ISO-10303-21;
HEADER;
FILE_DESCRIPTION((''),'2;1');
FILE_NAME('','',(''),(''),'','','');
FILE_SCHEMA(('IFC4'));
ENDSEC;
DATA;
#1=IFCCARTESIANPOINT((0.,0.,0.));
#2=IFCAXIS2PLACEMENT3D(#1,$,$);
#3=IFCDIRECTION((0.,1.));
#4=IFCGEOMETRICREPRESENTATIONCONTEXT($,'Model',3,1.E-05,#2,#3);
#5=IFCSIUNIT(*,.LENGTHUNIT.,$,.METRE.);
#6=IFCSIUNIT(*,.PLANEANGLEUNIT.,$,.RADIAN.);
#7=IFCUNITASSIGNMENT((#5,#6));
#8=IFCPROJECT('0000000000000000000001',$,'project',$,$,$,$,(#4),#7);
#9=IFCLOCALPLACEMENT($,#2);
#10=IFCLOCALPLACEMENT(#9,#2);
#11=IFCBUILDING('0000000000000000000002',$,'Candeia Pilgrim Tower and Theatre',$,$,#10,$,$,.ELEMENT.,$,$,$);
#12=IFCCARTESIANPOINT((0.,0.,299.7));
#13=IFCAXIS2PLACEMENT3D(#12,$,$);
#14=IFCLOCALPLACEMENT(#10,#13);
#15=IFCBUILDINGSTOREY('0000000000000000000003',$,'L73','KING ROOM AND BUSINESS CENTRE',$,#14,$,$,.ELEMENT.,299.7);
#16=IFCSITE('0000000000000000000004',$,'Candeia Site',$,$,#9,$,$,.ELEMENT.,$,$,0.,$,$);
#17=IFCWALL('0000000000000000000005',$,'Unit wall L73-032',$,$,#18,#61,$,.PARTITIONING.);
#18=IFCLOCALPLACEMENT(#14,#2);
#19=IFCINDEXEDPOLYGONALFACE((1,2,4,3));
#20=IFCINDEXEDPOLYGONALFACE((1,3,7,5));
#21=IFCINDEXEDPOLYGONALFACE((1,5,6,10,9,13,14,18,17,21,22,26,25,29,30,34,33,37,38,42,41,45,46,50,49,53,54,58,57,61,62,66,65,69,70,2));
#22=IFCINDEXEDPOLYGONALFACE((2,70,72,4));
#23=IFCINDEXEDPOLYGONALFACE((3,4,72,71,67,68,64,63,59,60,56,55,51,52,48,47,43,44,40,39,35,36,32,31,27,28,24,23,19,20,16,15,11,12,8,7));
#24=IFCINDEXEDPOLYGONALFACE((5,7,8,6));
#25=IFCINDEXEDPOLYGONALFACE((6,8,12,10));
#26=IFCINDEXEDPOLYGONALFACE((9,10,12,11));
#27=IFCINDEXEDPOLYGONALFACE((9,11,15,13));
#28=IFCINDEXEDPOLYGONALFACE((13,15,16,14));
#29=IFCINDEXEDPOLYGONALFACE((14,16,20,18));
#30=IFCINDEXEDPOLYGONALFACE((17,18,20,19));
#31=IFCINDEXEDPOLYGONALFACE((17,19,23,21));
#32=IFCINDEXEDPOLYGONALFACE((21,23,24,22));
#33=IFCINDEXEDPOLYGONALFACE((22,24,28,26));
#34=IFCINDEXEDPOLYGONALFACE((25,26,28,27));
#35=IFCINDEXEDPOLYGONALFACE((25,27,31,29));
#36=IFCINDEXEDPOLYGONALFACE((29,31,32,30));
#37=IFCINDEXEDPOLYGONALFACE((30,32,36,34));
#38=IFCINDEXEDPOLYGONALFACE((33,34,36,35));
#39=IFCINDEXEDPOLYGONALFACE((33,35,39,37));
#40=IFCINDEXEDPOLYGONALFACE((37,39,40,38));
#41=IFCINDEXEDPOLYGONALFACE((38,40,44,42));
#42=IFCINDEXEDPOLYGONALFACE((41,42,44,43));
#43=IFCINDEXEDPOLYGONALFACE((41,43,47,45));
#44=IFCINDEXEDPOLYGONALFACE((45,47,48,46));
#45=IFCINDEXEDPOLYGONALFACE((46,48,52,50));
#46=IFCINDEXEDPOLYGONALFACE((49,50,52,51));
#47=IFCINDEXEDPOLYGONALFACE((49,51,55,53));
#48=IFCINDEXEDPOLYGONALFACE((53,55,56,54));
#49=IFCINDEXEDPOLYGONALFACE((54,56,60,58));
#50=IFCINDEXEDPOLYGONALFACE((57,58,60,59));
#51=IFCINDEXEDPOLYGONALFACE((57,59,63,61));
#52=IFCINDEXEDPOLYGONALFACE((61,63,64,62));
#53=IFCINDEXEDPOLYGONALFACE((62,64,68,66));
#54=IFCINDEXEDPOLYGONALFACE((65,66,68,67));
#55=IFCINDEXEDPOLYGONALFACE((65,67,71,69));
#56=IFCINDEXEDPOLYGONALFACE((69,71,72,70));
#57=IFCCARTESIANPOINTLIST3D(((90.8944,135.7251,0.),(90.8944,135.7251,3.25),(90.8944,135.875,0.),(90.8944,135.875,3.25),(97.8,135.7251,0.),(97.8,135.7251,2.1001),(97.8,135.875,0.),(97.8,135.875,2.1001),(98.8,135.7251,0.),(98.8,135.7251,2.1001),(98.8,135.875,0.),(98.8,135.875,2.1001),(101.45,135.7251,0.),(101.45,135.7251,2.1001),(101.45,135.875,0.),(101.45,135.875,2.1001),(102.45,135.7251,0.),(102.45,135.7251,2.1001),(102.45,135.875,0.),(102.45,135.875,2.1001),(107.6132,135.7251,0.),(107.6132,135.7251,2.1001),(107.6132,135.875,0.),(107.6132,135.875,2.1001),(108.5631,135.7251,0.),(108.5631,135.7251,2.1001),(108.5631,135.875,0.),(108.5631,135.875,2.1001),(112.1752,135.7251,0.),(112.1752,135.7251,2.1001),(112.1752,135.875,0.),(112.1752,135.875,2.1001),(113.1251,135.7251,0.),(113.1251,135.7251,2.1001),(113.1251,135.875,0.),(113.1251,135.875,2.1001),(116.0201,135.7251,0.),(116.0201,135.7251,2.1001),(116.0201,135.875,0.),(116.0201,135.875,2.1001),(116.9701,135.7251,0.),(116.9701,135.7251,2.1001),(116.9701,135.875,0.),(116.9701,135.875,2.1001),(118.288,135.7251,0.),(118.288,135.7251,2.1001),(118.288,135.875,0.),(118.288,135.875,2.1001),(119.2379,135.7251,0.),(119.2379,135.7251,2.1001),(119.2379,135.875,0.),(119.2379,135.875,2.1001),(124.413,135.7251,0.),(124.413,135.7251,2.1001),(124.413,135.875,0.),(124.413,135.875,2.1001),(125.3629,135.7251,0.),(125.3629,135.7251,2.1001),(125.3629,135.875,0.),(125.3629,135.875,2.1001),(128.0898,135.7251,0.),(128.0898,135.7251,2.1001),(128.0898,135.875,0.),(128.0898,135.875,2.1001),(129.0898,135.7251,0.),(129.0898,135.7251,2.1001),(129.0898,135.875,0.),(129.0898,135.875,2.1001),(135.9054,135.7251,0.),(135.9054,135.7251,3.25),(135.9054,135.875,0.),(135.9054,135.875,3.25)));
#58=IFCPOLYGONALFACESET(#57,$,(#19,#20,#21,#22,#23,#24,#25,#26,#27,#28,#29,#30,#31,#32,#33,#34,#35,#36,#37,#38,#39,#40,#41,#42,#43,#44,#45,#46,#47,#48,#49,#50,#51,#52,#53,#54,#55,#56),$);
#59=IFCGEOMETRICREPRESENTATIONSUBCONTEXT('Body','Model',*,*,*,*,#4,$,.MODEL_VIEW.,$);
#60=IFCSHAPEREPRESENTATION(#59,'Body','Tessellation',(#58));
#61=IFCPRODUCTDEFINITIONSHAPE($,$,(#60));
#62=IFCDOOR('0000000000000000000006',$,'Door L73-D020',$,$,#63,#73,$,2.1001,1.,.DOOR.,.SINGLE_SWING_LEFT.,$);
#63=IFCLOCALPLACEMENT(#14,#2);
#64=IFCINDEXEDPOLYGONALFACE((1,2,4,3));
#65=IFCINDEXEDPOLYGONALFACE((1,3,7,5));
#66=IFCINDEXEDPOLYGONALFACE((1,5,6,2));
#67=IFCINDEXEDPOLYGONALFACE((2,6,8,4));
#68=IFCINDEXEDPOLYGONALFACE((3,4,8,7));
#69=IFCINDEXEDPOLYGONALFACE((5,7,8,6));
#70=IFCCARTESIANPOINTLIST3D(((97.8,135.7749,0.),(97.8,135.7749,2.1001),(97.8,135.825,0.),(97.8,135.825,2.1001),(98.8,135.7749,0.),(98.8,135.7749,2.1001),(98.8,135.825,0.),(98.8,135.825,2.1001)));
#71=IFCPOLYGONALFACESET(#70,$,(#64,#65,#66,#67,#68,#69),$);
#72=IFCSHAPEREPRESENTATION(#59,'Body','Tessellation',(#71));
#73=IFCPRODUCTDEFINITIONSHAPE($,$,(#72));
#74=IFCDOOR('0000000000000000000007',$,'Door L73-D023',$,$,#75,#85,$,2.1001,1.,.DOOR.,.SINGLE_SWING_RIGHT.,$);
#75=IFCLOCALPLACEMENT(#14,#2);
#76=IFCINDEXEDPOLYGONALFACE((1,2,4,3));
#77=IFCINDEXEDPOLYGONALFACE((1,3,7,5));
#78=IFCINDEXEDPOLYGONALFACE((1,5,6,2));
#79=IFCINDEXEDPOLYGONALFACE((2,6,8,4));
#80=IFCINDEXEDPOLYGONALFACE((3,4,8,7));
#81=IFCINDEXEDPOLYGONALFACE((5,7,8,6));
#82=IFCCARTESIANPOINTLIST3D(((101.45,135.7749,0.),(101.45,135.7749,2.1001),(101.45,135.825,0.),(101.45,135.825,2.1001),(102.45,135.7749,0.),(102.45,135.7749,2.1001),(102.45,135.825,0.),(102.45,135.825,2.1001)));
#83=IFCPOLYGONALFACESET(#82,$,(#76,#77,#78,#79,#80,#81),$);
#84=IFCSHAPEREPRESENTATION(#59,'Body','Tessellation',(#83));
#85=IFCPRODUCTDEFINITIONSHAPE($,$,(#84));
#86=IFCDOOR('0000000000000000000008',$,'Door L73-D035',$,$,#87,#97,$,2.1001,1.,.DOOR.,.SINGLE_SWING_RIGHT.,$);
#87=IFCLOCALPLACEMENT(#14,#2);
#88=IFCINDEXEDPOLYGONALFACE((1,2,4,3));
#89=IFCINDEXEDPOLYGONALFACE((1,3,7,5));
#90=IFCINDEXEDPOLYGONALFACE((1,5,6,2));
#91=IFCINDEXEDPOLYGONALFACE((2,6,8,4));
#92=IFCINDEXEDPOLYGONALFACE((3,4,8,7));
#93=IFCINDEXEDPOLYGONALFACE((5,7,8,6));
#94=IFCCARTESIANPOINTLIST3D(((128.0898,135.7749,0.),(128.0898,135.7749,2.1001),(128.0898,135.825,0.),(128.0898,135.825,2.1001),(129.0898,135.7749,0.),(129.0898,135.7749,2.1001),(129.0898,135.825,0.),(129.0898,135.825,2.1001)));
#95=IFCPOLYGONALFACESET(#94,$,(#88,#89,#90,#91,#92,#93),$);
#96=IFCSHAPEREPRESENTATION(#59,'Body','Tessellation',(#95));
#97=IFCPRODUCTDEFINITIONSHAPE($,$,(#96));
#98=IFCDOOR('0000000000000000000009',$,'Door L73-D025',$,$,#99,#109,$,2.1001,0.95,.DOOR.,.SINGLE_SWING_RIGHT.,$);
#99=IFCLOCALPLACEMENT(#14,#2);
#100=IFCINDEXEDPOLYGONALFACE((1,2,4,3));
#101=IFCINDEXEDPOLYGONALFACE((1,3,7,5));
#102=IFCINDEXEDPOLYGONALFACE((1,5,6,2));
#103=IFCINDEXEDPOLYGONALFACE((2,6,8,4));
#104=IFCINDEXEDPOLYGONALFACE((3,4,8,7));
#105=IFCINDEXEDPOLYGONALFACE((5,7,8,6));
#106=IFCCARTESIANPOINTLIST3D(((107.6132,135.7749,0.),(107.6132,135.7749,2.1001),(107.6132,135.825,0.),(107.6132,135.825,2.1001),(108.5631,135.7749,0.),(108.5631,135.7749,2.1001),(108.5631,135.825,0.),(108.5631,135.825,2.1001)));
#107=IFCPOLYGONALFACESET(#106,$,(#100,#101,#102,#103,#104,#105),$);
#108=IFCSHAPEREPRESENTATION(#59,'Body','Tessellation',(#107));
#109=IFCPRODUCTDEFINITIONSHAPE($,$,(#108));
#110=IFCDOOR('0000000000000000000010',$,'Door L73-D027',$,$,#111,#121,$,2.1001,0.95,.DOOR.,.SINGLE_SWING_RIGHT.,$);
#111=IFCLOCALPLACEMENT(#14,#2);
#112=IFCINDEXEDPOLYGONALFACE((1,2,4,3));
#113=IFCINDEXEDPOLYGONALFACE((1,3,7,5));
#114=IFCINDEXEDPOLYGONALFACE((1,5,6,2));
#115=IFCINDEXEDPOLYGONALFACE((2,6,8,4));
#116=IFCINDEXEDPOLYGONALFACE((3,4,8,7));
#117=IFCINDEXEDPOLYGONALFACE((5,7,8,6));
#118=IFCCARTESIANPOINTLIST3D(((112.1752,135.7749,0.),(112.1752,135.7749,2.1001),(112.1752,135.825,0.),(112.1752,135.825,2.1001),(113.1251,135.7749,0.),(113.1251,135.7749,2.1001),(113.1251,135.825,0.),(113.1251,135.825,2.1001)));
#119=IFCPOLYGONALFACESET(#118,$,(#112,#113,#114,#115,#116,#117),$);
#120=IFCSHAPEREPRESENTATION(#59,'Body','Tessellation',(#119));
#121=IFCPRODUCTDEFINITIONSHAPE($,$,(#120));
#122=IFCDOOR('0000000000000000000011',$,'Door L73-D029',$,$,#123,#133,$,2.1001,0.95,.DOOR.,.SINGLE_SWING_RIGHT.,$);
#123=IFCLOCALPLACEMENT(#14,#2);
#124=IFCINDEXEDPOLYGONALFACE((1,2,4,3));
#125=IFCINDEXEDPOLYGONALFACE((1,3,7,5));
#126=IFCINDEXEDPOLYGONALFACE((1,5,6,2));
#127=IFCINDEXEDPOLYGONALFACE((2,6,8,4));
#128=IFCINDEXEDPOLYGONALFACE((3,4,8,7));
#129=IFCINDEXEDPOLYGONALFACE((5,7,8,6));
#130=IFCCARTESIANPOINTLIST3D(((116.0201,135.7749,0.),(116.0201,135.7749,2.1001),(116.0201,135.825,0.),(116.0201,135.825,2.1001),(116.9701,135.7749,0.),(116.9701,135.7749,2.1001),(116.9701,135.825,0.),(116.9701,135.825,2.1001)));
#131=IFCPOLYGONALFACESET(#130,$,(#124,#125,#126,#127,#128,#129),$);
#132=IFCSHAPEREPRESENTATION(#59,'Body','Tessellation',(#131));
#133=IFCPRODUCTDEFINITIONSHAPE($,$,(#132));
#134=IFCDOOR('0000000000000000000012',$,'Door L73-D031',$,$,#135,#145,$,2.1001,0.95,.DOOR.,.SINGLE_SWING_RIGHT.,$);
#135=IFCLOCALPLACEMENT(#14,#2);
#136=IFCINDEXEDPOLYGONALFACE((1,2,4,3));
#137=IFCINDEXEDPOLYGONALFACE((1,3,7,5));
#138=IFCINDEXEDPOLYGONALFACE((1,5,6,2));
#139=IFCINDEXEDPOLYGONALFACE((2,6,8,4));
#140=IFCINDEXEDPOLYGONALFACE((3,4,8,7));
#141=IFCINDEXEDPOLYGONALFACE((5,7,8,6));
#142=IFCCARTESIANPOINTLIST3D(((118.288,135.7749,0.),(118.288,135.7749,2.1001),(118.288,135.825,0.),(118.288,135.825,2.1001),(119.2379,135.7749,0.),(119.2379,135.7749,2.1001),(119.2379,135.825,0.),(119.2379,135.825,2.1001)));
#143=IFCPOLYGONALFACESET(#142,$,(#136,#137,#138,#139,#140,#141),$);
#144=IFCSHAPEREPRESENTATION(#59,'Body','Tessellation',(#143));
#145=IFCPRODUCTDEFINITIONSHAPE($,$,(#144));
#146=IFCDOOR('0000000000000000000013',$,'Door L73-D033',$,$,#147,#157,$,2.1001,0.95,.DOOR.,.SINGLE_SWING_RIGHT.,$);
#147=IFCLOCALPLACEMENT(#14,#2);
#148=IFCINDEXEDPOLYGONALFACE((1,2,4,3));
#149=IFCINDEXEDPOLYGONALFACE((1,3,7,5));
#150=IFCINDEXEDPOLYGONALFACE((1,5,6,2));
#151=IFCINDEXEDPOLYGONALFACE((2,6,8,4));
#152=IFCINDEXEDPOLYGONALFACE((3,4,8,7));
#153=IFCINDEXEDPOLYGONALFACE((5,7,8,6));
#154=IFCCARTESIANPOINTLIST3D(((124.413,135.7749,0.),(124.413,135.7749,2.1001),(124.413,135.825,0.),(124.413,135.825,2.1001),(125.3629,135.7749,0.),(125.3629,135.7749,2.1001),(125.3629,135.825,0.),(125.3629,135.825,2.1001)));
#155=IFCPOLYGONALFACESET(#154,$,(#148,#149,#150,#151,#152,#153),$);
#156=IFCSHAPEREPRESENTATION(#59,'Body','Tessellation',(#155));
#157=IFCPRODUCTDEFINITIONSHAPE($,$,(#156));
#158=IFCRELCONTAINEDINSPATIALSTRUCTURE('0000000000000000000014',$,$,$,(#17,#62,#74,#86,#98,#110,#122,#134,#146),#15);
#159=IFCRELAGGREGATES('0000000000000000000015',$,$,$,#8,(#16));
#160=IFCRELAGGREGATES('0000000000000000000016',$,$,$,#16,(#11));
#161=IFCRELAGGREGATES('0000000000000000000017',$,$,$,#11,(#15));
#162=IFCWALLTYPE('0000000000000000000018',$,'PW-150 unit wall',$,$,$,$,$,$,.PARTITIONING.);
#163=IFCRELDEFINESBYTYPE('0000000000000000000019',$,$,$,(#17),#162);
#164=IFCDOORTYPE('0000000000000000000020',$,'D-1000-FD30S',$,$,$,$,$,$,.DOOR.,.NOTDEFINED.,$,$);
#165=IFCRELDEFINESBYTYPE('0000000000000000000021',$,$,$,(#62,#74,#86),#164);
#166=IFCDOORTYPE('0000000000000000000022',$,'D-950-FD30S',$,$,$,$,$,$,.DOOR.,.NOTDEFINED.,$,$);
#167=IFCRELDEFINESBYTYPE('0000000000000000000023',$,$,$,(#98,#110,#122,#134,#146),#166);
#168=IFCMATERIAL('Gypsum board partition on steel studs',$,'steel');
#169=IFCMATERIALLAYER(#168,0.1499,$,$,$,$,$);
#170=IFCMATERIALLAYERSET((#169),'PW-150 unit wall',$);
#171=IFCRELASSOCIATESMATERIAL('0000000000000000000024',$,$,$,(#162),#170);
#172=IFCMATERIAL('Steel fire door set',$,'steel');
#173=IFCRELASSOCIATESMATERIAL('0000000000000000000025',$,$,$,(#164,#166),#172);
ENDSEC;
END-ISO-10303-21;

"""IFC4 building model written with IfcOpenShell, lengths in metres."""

from ifc_helpers import new_model, si_unit, direction, frame, frame_2d, origin, place, context, subcontext, project, spatial, rectangle, extrude, material, layer, layer_set, type_object, element, fill, save


model = new_model("IFC4")

# Units and contexts
model_context = context("Model", 3, precision=1e-05, world=origin(), true_north=direction((0.0, 1.0)))
body_context = subcontext(model_context, "Body", "Model", "MODEL_VIEW")
ifc_project = project(units=[si_unit("LENGTHUNIT", "METRE"), si_unit("PLANEANGLEUNIT", "RADIAN")], contexts=[model_context])

# Site, building, storey
site_placement = place(None, origin())
site = spatial("IfcSite", under=ifc_project, at=site_placement, Name="Candeia Site", CompositionType="ELEMENT", RefElevation=0.0)
building_placement = place(site_placement, origin())
building = spatial("IfcBuilding", under=site, at=building_placement, Name="Candeia Pilgrim Tower and Theatre", CompositionType="ELEMENT")
storey_placement = place(building_placement, frame((0.0, 0.0, 299.7)))
storey = spatial("IfcBuildingStorey", under=building, at=storey_placement, Name="L73", Description="KING ROOM AND BUSINESS CENTRE", CompositionType="ELEMENT", Elevation=299.7)

# Shared definitions
ifc_material_1 = material(Name="Steel fire door set", Category="steel")

# Shared definitions
ifc_material_2 = material(Name="Gypsum board partition on steel studs", Category="steel")

# Wall, openings, doors
ifc_layer_1 = layer(ifc_material_2, 0.1499)
ifc_layer_set_1 = layer_set([ifc_layer_1], Name="PW-150 unit wall")
wall_type_1 = type_object("IfcWallType", Name="PW-150 unit wall", PredefinedType="PARTITIONING", material=ifc_layer_set_1)
wall_1_placement = place(storey_placement, frame((90.8945, 135.8, 0.0), z_axis=(0.0, 0.0, 1.0), x_axis=(1.0, 0.0, 0.0)))
wall_1 = element("IfcWall", 1, at=wall_1_placement, inside=storey, type_object=wall_type_1, Name="Unit wall L73-032", PredefinedType="PARTITIONING", context=body_context, shape_type="SweptSolid", body=[
    extrude(rectangle(XDim=45.011, YDim=0.1499, at=frame_2d((22.5054, 0.0))), origin(), (0.0, 0.0, 1.0), 3.25),
])
opening_1_placement = place(wall_1_placement, frame((6.9055, 0.0, 0.0)))
opening_1 = element("IfcOpeningElement", 2, at=opening_1_placement, cuts=wall_1, PredefinedType="OPENING", context=body_context, shape_type="SweptSolid", body=[
    extrude(rectangle(XDim=1.0, YDim=2.1001, at=frame_2d((0.5, 1.05))), frame((0.0, 0.085, 0.0), z_axis=(0.0, -1.0, 0.0), x_axis=(1.0, 0.0, 0.0)), (0.0, 0.0, 1.0), 0.1699),
])
opening_2_placement = place(wall_1_placement, frame((10.5554, 0.0, 0.0)))
opening_2 = element("IfcOpeningElement", 3, at=opening_2_placement, cuts=wall_1, PredefinedType="OPENING", context=body_context, shape_type="SweptSolid", body=[
    extrude(rectangle(XDim=1.0, YDim=2.1001, at=frame_2d((0.5, 1.05))), frame((0.0, 0.085, 0.0), z_axis=(0.0, -1.0, 0.0), x_axis=(1.0, 0.0, 0.0)), (0.0, 0.0, 1.0), 0.1699),
])
opening_3_placement = place(wall_1_placement, frame((16.7185, 0.0, 0.0)))
opening_3 = element("IfcOpeningElement", 4, at=opening_3_placement, cuts=wall_1, PredefinedType="OPENING", context=body_context, shape_type="SweptSolid", body=[
    extrude(rectangle(XDim=0.95, YDim=2.1001, at=frame_2d((0.4751, 1.05))), frame((0.0, 0.085, 0.0), z_axis=(0.0, -1.0, 0.0), x_axis=(1.0, 0.0, 0.0)), (0.0, 0.0, 1.0), 0.1699),
])
opening_4_placement = place(wall_1_placement, frame((21.2805, 0.0, 0.0)))
opening_4 = element("IfcOpeningElement", 5, at=opening_4_placement, cuts=wall_1, PredefinedType="OPENING", context=body_context, shape_type="SweptSolid", body=[
    extrude(rectangle(XDim=0.95, YDim=2.1001, at=frame_2d((0.4751, 1.05))), frame((0.0, 0.085, 0.0), z_axis=(0.0, -1.0, 0.0), x_axis=(1.0, 0.0, 0.0)), (0.0, 0.0, 1.0), 0.1699),
])
opening_5_placement = place(wall_1_placement, frame((25.1255, 0.0, 0.0)))
opening_5 = element("IfcOpeningElement", 6, at=opening_5_placement, cuts=wall_1, PredefinedType="OPENING", context=body_context, shape_type="SweptSolid", body=[
    extrude(rectangle(XDim=0.95, YDim=2.1001, at=frame_2d((0.4751, 1.05))), frame((0.0, 0.085, 0.0), z_axis=(0.0, -1.0, 0.0), x_axis=(1.0, 0.0, 0.0)), (0.0, 0.0, 1.0), 0.1699),
])
opening_6_placement = place(wall_1_placement, frame((27.3933, 0.0, 0.0)))
opening_6 = element("IfcOpeningElement", 7, at=opening_6_placement, cuts=wall_1, PredefinedType="OPENING", context=body_context, shape_type="SweptSolid", body=[
    extrude(rectangle(XDim=0.95, YDim=2.1001, at=frame_2d((0.4751, 1.05))), frame((0.0, 0.085, 0.0), z_axis=(0.0, -1.0, 0.0), x_axis=(1.0, 0.0, 0.0)), (0.0, 0.0, 1.0), 0.1699),
])
opening_7_placement = place(wall_1_placement, frame((33.5183, 0.0, 0.0)))
opening_7 = element("IfcOpeningElement", 8, at=opening_7_placement, cuts=wall_1, PredefinedType="OPENING", context=body_context, shape_type="SweptSolid", body=[
    extrude(rectangle(XDim=0.95, YDim=2.1001, at=frame_2d((0.4751, 1.05))), frame((0.0, 0.085, 0.0), z_axis=(0.0, -1.0, 0.0), x_axis=(1.0, 0.0, 0.0)), (0.0, 0.0, 1.0), 0.1699),
])
opening_8_placement = place(wall_1_placement, frame((37.1953, 0.0, 0.0)))
opening_8 = element("IfcOpeningElement", 9, at=opening_8_placement, cuts=wall_1, PredefinedType="OPENING", context=body_context, shape_type="SweptSolid", body=[
    extrude(rectangle(XDim=1.0, YDim=2.1001, at=frame_2d((0.5, 1.05))), frame((0.0, 0.085, 0.0), z_axis=(0.0, -1.0, 0.0), x_axis=(1.0, 0.0, 0.0)), (0.0, 0.0, 1.0), 0.1699),
])
door_type_1 = type_object("IfcDoorType", Name="D-1000-FD30S", OperationType="NOTDEFINED", PredefinedType="DOOR", material=ifc_material_1)
door_1_placement = place(opening_1_placement, origin())
door_1 = element("IfcDoor", 10, at=door_1_placement, inside=storey, type_object=door_type_1, Name="Door L73-D020", OperationType="SINGLE_SWING_LEFT", OverallHeight=2.1001, OverallWidth=1.0, PredefinedType="DOOR", context=body_context, shape_type="SweptSolid", body=[
    extrude(rectangle(XDim=1.0, YDim=2.1001, at=frame_2d((0.5, 1.05))), frame((0.0, 0.0249, 0.0), z_axis=(0.0, -1.0, 0.0), x_axis=(1.0, 0.0, 0.0)), (0.0, 0.0, 1.0), 0.05),
])
fill(opening_1, door_1)
door_2_placement = place(opening_2_placement, origin())
door_2 = element("IfcDoor", 11, at=door_2_placement, inside=storey, type_object=door_type_1, Name="Door L73-D023", OperationType="SINGLE_SWING_RIGHT", OverallHeight=2.1001, OverallWidth=1.0, PredefinedType="DOOR", context=body_context, shape_type="SweptSolid", body=[
    extrude(rectangle(XDim=1.0, YDim=2.1001, at=frame_2d((0.5, 1.05))), frame((0.0, 0.0249, 0.0), z_axis=(0.0, -1.0, 0.0), x_axis=(1.0, 0.0, 0.0)), (0.0, 0.0, 1.0), 0.05),
])
fill(opening_2, door_2)
door_3_placement = place(opening_8_placement, origin())
door_3 = element("IfcDoor", 12, at=door_3_placement, inside=storey, type_object=door_type_1, Name="Door L73-D035", OperationType="SINGLE_SWING_RIGHT", OverallHeight=2.1001, OverallWidth=1.0, PredefinedType="DOOR", context=body_context, shape_type="SweptSolid", body=[
    extrude(rectangle(XDim=1.0, YDim=2.1001, at=frame_2d((0.5, 1.05))), frame((0.0, 0.0249, 0.0), z_axis=(0.0, -1.0, 0.0), x_axis=(1.0, 0.0, 0.0)), (0.0, 0.0, 1.0), 0.05),
])
fill(opening_8, door_3)
door_type_2 = type_object("IfcDoorType", Name="D-950-FD30S", OperationType="NOTDEFINED", PredefinedType="DOOR", material=ifc_material_1)
door_4_placement = place(opening_3_placement, origin())
door_4 = element("IfcDoor", 13, at=door_4_placement, inside=storey, type_object=door_type_2, Name="Door L73-D025", OperationType="SINGLE_SWING_RIGHT", OverallHeight=2.1001, OverallWidth=0.95, PredefinedType="DOOR", context=body_context, shape_type="SweptSolid", body=[
    extrude(rectangle(XDim=0.95, YDim=2.1001, at=frame_2d((0.4751, 1.05))), frame((0.0, 0.0249, 0.0), z_axis=(0.0, -1.0, 0.0), x_axis=(1.0, 0.0, 0.0)), (0.0, 0.0, 1.0), 0.05),
])
fill(opening_3, door_4)
door_5_placement = place(opening_4_placement, origin())
door_5 = element("IfcDoor", 14, at=door_5_placement, inside=storey, type_object=door_type_2, Name="Door L73-D027", OperationType="SINGLE_SWING_RIGHT", OverallHeight=2.1001, OverallWidth=0.95, PredefinedType="DOOR", context=body_context, shape_type="SweptSolid", body=[
    extrude(rectangle(XDim=0.95, YDim=2.1001, at=frame_2d((0.4751, 1.05))), frame((0.0, 0.0249, 0.0), z_axis=(0.0, -1.0, 0.0), x_axis=(1.0, 0.0, 0.0)), (0.0, 0.0, 1.0), 0.05),
])
fill(opening_4, door_5)
door_6_placement = place(opening_5_placement, origin())
door_6 = element("IfcDoor", 15, at=door_6_placement, inside=storey, type_object=door_type_2, Name="Door L73-D029", OperationType="SINGLE_SWING_RIGHT", OverallHeight=2.1001, OverallWidth=0.95, PredefinedType="DOOR", context=body_context, shape_type="SweptSolid", body=[
    extrude(rectangle(XDim=0.95, YDim=2.1001, at=frame_2d((0.4751, 1.05))), frame((0.0, 0.0249, 0.0), z_axis=(0.0, -1.0, 0.0), x_axis=(1.0, 0.0, 0.0)), (0.0, 0.0, 1.0), 0.05),
])
fill(opening_5, door_6)
door_7_placement = place(opening_6_placement, origin())
door_7 = element("IfcDoor", 16, at=door_7_placement, inside=storey, type_object=door_type_2, Name="Door L73-D031", OperationType="SINGLE_SWING_RIGHT", OverallHeight=2.1001, OverallWidth=0.95, PredefinedType="DOOR", context=body_context, shape_type="SweptSolid", body=[
    extrude(rectangle(XDim=0.95, YDim=2.1001, at=frame_2d((0.4751, 1.05))), frame((0.0, 0.0249, 0.0), z_axis=(0.0, -1.0, 0.0), x_axis=(1.0, 0.0, 0.0)), (0.0, 0.0, 1.0), 0.05),
])
fill(opening_6, door_7)
door_8_placement = place(opening_7_placement, origin())
door_8 = element("IfcDoor", 17, at=door_8_placement, inside=storey, type_object=door_type_2, Name="Door L73-D033", OperationType="SINGLE_SWING_RIGHT", OverallHeight=2.1001, OverallWidth=0.95, PredefinedType="DOOR", context=body_context, shape_type="SweptSolid", body=[
    extrude(rectangle(XDim=0.95, YDim=2.1001, at=frame_2d((0.4751, 1.05))), frame((0.0, 0.0249, 0.0), z_axis=(0.0, -1.0, 0.0), x_axis=(1.0, 0.0, 0.0)), (0.0, 0.0, 1.0), 0.05),
])
fill(opening_7, door_8)

save(model, "model.ifc")
